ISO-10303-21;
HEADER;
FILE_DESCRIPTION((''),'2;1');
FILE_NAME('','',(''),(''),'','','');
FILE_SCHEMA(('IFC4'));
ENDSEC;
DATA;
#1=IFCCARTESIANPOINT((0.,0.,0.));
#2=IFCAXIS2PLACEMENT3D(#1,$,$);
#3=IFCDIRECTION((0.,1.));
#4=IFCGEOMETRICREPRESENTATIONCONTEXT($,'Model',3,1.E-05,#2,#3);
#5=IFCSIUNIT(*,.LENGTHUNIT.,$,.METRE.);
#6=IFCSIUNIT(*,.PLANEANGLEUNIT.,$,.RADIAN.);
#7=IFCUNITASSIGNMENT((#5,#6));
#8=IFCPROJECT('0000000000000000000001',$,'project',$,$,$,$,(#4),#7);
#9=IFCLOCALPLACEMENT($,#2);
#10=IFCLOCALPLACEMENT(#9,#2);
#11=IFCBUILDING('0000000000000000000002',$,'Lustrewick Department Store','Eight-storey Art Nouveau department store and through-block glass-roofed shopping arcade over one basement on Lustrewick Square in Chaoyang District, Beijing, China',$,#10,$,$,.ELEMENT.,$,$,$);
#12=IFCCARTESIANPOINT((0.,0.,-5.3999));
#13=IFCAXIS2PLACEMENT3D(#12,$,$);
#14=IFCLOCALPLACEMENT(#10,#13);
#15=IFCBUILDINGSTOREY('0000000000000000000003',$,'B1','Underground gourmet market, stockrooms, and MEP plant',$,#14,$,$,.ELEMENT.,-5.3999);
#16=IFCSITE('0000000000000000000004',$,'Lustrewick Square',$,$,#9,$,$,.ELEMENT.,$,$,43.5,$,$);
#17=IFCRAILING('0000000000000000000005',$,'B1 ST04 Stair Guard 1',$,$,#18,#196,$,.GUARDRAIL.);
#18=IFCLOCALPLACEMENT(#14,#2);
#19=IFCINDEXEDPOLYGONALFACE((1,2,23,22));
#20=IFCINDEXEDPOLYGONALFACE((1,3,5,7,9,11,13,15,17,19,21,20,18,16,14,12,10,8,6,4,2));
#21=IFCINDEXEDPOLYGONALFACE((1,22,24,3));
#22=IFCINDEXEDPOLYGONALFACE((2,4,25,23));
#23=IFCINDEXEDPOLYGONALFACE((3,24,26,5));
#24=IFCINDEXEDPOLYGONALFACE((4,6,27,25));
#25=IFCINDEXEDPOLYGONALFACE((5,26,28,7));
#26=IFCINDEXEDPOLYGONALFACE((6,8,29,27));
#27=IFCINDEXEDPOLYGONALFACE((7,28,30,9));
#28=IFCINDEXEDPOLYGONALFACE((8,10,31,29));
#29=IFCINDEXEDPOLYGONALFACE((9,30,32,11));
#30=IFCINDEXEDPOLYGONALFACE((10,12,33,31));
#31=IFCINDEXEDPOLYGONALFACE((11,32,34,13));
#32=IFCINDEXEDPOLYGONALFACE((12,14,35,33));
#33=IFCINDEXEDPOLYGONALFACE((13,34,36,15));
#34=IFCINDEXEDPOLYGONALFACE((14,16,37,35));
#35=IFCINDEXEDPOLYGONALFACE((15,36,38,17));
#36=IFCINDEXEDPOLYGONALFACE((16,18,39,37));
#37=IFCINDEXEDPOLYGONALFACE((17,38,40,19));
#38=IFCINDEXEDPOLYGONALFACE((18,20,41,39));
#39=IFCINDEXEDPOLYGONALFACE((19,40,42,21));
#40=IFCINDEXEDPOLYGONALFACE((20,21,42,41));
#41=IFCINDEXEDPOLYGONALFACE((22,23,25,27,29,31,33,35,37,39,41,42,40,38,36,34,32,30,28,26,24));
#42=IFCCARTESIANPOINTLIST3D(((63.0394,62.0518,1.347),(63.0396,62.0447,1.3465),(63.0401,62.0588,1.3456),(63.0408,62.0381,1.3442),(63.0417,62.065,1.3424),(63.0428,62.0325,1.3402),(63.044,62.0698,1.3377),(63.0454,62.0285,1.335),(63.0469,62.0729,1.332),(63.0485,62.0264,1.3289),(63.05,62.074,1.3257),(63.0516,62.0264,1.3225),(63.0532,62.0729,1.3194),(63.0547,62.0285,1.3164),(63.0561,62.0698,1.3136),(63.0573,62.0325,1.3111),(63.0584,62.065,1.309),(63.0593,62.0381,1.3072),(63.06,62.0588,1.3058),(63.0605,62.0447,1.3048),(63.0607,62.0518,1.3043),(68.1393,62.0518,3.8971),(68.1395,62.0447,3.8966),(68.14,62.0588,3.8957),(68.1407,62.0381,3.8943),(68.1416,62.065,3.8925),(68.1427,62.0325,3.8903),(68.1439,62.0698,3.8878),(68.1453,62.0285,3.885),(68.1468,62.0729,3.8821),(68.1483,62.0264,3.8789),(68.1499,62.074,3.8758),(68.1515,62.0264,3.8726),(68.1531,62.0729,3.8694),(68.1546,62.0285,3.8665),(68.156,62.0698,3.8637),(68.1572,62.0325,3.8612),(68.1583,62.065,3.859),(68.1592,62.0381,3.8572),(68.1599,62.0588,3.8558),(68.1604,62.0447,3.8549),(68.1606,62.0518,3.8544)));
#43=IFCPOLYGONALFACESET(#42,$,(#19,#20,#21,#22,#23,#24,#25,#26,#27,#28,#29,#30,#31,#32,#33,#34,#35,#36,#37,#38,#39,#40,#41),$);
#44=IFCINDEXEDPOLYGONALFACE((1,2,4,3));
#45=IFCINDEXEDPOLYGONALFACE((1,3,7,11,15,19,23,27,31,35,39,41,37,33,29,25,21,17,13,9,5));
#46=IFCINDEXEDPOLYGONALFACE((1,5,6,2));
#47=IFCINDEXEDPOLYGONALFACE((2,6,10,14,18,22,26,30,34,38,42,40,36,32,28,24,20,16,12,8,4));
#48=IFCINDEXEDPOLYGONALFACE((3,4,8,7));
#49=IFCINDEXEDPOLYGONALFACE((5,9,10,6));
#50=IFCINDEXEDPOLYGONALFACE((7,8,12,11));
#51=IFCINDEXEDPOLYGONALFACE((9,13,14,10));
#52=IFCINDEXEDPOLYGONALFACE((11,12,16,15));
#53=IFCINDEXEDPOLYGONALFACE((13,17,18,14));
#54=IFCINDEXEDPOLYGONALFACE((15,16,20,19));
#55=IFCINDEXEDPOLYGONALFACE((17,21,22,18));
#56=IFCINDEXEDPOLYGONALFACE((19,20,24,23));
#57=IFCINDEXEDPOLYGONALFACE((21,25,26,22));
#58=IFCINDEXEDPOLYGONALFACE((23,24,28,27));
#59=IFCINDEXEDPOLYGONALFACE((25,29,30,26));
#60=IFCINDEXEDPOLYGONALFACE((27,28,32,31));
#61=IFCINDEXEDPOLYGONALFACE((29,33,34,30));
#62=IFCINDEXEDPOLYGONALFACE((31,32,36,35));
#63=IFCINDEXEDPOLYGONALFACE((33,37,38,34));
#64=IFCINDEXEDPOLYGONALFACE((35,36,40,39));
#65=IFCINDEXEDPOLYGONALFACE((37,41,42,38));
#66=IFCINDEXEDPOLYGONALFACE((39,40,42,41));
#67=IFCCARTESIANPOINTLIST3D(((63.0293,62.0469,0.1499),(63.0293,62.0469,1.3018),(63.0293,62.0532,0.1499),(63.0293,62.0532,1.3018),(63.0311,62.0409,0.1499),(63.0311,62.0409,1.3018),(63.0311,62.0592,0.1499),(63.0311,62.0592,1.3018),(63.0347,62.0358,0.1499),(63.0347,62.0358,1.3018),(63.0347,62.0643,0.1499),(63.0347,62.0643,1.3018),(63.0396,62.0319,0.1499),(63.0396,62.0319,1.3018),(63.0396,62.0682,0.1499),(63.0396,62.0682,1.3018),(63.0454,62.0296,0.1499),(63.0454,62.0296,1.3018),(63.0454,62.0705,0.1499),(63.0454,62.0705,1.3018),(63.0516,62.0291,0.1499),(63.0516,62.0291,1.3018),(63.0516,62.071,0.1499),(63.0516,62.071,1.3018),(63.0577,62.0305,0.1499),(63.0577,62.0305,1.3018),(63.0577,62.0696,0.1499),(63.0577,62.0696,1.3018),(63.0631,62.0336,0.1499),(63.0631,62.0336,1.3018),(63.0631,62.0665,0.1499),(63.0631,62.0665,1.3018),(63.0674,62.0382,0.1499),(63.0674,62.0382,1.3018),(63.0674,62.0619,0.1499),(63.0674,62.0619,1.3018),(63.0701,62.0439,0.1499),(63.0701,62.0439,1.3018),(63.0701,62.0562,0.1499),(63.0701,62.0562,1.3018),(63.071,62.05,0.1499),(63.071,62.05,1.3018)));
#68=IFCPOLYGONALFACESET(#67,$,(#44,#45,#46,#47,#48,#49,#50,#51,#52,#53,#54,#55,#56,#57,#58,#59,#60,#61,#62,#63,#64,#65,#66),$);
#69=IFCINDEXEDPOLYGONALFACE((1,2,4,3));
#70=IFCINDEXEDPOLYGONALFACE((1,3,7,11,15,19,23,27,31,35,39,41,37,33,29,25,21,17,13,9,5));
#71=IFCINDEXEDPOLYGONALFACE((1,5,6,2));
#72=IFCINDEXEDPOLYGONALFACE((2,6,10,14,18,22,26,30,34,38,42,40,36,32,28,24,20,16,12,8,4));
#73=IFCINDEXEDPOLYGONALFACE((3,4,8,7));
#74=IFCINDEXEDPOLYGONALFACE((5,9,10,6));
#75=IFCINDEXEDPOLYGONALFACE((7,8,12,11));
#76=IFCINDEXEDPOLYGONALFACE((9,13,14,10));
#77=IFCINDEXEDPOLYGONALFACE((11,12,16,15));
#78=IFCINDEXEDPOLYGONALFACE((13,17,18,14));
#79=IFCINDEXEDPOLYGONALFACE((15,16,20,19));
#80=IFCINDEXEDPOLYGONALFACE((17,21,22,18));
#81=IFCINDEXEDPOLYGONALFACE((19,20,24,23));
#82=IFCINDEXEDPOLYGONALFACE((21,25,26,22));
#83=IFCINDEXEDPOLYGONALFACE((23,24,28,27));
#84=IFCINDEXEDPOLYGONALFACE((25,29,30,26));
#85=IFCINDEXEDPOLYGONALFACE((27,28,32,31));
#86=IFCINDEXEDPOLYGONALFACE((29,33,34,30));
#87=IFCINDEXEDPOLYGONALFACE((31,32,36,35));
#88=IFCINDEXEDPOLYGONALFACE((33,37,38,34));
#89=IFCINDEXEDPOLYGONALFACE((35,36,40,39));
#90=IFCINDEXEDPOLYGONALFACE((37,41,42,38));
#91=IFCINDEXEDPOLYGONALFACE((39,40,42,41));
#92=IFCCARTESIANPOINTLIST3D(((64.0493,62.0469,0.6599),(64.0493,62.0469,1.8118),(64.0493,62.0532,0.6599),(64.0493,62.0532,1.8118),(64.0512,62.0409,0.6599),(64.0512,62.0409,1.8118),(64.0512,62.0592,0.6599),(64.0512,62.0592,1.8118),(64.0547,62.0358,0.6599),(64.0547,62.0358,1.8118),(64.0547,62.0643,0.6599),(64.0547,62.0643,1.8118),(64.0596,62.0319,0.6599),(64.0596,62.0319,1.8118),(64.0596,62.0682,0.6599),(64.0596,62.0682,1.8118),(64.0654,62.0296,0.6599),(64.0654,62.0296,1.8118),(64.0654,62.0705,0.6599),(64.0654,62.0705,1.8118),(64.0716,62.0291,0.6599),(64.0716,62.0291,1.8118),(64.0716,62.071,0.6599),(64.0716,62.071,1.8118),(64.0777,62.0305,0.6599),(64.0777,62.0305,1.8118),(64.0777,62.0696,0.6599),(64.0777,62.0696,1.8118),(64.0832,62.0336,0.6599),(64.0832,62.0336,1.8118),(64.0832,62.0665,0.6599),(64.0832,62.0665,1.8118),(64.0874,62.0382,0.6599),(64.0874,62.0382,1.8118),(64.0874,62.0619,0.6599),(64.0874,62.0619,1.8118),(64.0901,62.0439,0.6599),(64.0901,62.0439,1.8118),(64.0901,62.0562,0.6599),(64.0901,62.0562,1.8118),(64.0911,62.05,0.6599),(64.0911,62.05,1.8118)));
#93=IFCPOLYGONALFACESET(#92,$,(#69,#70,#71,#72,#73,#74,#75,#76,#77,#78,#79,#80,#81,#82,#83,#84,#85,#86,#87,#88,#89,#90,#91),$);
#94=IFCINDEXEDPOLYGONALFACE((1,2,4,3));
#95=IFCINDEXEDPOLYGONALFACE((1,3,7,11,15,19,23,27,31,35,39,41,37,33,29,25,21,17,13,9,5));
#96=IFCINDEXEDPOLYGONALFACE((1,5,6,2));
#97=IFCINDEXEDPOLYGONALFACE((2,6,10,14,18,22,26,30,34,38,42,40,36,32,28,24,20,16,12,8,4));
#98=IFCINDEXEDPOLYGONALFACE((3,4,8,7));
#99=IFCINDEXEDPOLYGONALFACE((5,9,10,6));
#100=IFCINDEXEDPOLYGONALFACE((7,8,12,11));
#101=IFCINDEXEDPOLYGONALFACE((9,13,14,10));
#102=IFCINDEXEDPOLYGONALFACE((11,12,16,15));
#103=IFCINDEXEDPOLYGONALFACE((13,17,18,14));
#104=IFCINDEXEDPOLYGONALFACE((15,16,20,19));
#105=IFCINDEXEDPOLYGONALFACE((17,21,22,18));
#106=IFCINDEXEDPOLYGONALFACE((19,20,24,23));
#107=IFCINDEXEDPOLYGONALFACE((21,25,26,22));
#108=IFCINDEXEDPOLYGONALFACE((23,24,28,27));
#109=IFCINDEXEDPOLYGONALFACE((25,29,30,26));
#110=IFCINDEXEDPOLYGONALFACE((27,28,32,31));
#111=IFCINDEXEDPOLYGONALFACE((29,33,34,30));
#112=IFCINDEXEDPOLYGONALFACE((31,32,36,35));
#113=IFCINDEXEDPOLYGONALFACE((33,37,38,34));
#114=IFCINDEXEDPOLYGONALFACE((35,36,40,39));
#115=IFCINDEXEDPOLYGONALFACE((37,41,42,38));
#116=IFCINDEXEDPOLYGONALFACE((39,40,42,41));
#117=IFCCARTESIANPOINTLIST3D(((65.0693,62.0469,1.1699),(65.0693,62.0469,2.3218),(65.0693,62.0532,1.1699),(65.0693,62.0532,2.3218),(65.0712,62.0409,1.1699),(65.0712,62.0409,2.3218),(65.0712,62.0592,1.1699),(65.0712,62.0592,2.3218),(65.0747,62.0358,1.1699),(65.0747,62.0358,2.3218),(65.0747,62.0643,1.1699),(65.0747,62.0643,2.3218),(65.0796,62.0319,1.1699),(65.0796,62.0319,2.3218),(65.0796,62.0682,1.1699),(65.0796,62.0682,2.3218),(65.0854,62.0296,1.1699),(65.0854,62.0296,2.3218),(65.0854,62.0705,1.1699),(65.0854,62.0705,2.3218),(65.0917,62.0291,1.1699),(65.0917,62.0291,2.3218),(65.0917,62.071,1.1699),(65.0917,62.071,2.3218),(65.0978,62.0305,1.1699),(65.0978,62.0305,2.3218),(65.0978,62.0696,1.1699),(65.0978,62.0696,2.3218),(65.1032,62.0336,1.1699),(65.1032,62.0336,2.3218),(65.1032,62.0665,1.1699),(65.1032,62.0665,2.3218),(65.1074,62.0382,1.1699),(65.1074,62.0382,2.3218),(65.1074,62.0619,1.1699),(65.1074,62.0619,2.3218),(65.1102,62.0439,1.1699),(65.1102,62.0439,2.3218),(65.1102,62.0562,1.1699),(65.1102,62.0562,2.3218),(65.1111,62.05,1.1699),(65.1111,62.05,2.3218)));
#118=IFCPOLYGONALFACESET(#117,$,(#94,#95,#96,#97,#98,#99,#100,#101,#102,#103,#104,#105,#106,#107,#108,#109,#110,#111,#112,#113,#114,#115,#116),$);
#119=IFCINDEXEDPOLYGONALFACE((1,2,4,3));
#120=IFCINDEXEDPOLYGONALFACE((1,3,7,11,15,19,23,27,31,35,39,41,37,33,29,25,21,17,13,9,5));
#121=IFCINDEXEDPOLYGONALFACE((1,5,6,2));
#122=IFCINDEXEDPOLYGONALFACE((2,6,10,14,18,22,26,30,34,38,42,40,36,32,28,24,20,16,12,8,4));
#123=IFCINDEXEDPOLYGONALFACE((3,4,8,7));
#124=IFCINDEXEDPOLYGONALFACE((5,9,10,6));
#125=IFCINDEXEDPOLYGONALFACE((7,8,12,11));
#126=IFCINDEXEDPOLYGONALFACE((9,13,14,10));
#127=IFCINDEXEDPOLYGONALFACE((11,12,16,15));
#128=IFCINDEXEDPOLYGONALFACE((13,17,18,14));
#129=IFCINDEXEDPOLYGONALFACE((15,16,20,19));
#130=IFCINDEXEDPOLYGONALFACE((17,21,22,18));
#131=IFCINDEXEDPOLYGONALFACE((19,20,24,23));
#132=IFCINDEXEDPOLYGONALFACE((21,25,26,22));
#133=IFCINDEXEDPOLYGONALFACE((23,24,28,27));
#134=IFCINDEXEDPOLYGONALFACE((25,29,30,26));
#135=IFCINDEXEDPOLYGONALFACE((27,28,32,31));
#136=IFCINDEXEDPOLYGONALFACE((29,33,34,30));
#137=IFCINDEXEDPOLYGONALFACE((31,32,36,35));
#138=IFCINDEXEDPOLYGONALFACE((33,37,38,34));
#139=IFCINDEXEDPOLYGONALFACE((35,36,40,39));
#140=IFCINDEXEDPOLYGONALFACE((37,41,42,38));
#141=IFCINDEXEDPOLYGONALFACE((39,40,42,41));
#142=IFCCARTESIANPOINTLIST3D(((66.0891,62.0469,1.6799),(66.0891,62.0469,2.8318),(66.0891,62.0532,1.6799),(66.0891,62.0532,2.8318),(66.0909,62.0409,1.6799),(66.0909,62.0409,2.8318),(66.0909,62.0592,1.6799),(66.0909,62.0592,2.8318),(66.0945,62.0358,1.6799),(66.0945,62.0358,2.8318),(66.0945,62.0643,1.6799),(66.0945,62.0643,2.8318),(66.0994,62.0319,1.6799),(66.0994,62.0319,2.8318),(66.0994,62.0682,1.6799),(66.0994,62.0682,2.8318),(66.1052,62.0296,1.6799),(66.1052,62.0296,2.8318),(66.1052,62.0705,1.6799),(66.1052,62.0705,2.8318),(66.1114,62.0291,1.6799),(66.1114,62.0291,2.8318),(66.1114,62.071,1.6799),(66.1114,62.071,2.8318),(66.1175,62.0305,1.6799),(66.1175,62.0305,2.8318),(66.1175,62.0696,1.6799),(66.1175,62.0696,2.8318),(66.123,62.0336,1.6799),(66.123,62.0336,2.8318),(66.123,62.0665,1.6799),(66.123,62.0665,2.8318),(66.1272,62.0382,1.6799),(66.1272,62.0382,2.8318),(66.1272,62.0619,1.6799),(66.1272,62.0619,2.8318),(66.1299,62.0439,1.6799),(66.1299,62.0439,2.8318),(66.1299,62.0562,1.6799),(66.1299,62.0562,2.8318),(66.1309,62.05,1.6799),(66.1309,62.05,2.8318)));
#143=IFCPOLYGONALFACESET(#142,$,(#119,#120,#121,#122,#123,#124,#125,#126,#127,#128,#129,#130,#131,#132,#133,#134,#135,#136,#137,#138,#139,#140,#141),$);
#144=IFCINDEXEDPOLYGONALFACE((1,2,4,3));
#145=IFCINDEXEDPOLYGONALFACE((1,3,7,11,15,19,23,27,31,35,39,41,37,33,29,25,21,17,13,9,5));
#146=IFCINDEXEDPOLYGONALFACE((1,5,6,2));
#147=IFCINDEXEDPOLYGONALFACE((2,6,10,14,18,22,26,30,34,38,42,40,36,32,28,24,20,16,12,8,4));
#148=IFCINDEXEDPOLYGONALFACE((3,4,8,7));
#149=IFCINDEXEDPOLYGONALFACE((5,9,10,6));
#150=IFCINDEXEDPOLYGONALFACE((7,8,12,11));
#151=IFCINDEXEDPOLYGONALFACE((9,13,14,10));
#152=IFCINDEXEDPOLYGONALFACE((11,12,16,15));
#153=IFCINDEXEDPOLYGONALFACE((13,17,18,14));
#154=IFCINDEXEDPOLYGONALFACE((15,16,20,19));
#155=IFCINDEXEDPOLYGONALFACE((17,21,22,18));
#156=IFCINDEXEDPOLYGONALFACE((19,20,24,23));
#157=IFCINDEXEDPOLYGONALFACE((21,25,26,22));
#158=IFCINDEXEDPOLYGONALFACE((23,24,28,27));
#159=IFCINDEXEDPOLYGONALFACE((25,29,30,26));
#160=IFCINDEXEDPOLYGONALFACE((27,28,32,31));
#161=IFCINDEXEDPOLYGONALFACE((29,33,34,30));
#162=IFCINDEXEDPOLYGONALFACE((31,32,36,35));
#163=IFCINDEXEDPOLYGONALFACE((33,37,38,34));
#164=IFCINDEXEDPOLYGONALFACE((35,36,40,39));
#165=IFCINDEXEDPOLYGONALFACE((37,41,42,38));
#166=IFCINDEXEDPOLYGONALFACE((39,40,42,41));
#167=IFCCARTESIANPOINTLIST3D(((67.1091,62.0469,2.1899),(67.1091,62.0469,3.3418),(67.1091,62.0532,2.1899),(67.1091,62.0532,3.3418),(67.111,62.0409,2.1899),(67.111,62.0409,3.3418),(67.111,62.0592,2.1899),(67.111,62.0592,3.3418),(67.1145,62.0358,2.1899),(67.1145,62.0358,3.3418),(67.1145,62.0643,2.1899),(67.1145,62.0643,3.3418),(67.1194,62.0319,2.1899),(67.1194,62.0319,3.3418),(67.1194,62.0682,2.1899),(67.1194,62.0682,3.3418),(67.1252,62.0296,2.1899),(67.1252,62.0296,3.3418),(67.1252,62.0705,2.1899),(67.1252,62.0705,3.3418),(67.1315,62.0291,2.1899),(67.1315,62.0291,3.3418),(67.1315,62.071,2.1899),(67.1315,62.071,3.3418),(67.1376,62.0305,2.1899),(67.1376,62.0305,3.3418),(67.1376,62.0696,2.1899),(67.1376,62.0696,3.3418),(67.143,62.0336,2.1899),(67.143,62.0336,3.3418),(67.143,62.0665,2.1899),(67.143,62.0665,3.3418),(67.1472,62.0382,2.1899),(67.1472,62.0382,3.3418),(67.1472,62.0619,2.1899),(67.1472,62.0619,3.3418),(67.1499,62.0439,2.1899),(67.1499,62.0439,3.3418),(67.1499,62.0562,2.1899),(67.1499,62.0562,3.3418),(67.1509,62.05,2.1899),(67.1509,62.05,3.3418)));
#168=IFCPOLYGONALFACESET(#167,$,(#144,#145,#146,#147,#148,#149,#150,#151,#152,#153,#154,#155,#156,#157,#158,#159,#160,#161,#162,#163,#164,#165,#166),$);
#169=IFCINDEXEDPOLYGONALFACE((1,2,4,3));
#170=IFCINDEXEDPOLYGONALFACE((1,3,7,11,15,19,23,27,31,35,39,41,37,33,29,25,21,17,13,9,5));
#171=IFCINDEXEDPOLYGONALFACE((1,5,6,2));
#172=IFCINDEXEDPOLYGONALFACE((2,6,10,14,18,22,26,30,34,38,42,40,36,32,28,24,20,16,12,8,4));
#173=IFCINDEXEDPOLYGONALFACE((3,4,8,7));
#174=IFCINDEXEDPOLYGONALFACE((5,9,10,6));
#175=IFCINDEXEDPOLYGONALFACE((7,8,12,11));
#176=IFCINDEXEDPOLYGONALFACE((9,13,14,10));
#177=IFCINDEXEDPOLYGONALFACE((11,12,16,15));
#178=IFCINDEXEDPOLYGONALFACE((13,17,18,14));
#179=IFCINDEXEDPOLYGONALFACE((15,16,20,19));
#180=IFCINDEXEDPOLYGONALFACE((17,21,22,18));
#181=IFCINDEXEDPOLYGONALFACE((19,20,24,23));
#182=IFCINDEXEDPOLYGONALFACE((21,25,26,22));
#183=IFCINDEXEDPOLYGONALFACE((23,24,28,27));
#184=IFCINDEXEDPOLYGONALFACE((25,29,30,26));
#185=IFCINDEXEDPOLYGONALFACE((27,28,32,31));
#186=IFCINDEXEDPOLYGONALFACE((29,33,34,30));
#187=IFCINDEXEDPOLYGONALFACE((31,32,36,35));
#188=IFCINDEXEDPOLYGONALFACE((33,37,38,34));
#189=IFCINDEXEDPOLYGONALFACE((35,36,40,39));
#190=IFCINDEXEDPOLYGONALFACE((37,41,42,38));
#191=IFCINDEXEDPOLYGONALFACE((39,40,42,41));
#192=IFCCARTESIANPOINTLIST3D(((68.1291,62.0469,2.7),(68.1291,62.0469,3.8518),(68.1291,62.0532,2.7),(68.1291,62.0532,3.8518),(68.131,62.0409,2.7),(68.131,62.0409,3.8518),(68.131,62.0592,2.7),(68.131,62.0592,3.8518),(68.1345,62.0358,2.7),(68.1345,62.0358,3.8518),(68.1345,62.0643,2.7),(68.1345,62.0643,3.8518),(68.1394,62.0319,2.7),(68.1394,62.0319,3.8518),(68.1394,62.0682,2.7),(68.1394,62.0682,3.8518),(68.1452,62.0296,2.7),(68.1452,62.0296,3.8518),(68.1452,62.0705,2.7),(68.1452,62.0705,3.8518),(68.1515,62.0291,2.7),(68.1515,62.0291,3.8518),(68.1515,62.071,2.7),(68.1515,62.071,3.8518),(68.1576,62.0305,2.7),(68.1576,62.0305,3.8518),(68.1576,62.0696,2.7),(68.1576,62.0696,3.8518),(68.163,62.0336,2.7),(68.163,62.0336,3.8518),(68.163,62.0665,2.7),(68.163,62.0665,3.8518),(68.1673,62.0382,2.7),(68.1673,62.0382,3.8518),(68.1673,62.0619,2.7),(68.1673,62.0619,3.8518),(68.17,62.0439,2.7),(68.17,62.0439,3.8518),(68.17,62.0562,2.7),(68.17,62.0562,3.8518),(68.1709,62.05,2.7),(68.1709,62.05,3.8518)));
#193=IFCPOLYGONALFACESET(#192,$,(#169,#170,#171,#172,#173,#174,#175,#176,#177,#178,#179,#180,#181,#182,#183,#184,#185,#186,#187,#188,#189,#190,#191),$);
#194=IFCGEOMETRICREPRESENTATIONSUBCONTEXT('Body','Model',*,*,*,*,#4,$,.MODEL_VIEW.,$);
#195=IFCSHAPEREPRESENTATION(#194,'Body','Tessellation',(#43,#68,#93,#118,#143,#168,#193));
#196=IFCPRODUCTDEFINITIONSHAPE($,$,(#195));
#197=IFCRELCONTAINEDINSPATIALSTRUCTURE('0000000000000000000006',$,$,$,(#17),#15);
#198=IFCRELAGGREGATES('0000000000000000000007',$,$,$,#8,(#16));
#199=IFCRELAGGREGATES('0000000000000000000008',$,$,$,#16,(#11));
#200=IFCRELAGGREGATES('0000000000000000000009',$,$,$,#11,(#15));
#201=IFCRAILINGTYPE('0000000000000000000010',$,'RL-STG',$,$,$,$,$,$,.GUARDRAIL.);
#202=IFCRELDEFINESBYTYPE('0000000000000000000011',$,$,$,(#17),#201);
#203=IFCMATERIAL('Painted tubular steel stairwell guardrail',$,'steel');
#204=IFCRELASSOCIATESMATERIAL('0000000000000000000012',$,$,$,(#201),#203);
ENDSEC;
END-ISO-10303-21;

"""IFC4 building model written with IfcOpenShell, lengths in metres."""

from ifc_helpers import new_model, si_unit, direction, frame, origin, origin_2d, place, context, subcontext, project, spatial, circle, extrude, material, type_object, element, save


model = new_model("IFC4")

# Units and contexts
model_context = context("Model", 3, precision=1e-05, world=origin(), true_north=direction((0.0, 1.0)))
body_context = subcontext(model_context, "Body", "Model", "MODEL_VIEW")
ifc_project = project(units=[si_unit("LENGTHUNIT", "METRE"), si_unit("PLANEANGLEUNIT", "RADIAN")], contexts=[model_context])

# Site, building, storey
site_placement = place(None, origin())
site = spatial("IfcSite", under=ifc_project, at=site_placement, Name="Lustrewick Square", CompositionType="ELEMENT", RefElevation=43.5)
building_placement = place(site_placement, origin())
building = spatial("IfcBuilding", under=site, at=building_placement, Name="Lustrewick Department Store", Description="Eight-storey Art Nouveau department store and through-block glass-roofed shopping arcade over one basement on Lustrewick Square in Chaoyang District, Beijing, China", CompositionType="ELEMENT")
storey_placement = place(building_placement, frame((0.0, 0.0, -5.3999)))
storey = spatial("IfcBuildingStorey", under=building, at=storey_placement, Name="B1", Description="Underground gourmet market, stockrooms, and MEP plant", CompositionType="ELEMENT", Elevation=-5.3999)

# Railing
ifc_material_1 = material(Name="Painted tubular steel stairwell guardrail", Category="steel")
railing_type_1 = type_object("IfcRailingType", Name="RL-STG", PredefinedType="GUARDRAIL", material=ifc_material_1)
railing_1_placement = place(storey_placement, frame((63.05, 62.05, 0.1499)))
element("IfcRailing", 1, at=railing_1_placement, inside=storey, type_object=railing_type_1, Name="B1 ST04 Stair Guard 1", PredefinedType="GUARDRAIL", context=body_context, shape_type="SweptSolid", body=[
    extrude(circle(Radius=0.0239, at=origin_2d()), frame((0.0, 0.0, 1.1758), z_axis=(0.894419, 0.0, 0.447231), x_axis=(0.0, 1.0, 0.0)), (0.0, 0.0, 1.0), 5.7019),
    extrude(circle(Radius=0.021, at=origin_2d()), origin(), (0.0, 0.0, 1.0), 1.1519),
    extrude(circle(Radius=0.021, at=origin_2d()), frame((1.02, 0.0, 0.51)), (0.0, 0.0, 1.0), 1.1519),
    extrude(circle(Radius=0.021, at=origin_2d()), frame((2.04, 0.0, 1.02)), (0.0, 0.0, 1.0), 1.1519),
    extrude(circle(Radius=0.021, at=origin_2d()), frame((3.0598, 0.0, 1.53)), (0.0, 0.0, 1.0), 1.1519),
    extrude(circle(Radius=0.021, at=origin_2d()), frame((4.0798, 0.0, 2.04)), (0.0, 0.0, 1.0), 1.1519),
    extrude(circle(Radius=0.021, at=origin_2d()), frame((5.0999, 0.0, 2.55)), (0.0, 0.0, 1.0), 1.1519),
])

save(model, "model.ifc")
